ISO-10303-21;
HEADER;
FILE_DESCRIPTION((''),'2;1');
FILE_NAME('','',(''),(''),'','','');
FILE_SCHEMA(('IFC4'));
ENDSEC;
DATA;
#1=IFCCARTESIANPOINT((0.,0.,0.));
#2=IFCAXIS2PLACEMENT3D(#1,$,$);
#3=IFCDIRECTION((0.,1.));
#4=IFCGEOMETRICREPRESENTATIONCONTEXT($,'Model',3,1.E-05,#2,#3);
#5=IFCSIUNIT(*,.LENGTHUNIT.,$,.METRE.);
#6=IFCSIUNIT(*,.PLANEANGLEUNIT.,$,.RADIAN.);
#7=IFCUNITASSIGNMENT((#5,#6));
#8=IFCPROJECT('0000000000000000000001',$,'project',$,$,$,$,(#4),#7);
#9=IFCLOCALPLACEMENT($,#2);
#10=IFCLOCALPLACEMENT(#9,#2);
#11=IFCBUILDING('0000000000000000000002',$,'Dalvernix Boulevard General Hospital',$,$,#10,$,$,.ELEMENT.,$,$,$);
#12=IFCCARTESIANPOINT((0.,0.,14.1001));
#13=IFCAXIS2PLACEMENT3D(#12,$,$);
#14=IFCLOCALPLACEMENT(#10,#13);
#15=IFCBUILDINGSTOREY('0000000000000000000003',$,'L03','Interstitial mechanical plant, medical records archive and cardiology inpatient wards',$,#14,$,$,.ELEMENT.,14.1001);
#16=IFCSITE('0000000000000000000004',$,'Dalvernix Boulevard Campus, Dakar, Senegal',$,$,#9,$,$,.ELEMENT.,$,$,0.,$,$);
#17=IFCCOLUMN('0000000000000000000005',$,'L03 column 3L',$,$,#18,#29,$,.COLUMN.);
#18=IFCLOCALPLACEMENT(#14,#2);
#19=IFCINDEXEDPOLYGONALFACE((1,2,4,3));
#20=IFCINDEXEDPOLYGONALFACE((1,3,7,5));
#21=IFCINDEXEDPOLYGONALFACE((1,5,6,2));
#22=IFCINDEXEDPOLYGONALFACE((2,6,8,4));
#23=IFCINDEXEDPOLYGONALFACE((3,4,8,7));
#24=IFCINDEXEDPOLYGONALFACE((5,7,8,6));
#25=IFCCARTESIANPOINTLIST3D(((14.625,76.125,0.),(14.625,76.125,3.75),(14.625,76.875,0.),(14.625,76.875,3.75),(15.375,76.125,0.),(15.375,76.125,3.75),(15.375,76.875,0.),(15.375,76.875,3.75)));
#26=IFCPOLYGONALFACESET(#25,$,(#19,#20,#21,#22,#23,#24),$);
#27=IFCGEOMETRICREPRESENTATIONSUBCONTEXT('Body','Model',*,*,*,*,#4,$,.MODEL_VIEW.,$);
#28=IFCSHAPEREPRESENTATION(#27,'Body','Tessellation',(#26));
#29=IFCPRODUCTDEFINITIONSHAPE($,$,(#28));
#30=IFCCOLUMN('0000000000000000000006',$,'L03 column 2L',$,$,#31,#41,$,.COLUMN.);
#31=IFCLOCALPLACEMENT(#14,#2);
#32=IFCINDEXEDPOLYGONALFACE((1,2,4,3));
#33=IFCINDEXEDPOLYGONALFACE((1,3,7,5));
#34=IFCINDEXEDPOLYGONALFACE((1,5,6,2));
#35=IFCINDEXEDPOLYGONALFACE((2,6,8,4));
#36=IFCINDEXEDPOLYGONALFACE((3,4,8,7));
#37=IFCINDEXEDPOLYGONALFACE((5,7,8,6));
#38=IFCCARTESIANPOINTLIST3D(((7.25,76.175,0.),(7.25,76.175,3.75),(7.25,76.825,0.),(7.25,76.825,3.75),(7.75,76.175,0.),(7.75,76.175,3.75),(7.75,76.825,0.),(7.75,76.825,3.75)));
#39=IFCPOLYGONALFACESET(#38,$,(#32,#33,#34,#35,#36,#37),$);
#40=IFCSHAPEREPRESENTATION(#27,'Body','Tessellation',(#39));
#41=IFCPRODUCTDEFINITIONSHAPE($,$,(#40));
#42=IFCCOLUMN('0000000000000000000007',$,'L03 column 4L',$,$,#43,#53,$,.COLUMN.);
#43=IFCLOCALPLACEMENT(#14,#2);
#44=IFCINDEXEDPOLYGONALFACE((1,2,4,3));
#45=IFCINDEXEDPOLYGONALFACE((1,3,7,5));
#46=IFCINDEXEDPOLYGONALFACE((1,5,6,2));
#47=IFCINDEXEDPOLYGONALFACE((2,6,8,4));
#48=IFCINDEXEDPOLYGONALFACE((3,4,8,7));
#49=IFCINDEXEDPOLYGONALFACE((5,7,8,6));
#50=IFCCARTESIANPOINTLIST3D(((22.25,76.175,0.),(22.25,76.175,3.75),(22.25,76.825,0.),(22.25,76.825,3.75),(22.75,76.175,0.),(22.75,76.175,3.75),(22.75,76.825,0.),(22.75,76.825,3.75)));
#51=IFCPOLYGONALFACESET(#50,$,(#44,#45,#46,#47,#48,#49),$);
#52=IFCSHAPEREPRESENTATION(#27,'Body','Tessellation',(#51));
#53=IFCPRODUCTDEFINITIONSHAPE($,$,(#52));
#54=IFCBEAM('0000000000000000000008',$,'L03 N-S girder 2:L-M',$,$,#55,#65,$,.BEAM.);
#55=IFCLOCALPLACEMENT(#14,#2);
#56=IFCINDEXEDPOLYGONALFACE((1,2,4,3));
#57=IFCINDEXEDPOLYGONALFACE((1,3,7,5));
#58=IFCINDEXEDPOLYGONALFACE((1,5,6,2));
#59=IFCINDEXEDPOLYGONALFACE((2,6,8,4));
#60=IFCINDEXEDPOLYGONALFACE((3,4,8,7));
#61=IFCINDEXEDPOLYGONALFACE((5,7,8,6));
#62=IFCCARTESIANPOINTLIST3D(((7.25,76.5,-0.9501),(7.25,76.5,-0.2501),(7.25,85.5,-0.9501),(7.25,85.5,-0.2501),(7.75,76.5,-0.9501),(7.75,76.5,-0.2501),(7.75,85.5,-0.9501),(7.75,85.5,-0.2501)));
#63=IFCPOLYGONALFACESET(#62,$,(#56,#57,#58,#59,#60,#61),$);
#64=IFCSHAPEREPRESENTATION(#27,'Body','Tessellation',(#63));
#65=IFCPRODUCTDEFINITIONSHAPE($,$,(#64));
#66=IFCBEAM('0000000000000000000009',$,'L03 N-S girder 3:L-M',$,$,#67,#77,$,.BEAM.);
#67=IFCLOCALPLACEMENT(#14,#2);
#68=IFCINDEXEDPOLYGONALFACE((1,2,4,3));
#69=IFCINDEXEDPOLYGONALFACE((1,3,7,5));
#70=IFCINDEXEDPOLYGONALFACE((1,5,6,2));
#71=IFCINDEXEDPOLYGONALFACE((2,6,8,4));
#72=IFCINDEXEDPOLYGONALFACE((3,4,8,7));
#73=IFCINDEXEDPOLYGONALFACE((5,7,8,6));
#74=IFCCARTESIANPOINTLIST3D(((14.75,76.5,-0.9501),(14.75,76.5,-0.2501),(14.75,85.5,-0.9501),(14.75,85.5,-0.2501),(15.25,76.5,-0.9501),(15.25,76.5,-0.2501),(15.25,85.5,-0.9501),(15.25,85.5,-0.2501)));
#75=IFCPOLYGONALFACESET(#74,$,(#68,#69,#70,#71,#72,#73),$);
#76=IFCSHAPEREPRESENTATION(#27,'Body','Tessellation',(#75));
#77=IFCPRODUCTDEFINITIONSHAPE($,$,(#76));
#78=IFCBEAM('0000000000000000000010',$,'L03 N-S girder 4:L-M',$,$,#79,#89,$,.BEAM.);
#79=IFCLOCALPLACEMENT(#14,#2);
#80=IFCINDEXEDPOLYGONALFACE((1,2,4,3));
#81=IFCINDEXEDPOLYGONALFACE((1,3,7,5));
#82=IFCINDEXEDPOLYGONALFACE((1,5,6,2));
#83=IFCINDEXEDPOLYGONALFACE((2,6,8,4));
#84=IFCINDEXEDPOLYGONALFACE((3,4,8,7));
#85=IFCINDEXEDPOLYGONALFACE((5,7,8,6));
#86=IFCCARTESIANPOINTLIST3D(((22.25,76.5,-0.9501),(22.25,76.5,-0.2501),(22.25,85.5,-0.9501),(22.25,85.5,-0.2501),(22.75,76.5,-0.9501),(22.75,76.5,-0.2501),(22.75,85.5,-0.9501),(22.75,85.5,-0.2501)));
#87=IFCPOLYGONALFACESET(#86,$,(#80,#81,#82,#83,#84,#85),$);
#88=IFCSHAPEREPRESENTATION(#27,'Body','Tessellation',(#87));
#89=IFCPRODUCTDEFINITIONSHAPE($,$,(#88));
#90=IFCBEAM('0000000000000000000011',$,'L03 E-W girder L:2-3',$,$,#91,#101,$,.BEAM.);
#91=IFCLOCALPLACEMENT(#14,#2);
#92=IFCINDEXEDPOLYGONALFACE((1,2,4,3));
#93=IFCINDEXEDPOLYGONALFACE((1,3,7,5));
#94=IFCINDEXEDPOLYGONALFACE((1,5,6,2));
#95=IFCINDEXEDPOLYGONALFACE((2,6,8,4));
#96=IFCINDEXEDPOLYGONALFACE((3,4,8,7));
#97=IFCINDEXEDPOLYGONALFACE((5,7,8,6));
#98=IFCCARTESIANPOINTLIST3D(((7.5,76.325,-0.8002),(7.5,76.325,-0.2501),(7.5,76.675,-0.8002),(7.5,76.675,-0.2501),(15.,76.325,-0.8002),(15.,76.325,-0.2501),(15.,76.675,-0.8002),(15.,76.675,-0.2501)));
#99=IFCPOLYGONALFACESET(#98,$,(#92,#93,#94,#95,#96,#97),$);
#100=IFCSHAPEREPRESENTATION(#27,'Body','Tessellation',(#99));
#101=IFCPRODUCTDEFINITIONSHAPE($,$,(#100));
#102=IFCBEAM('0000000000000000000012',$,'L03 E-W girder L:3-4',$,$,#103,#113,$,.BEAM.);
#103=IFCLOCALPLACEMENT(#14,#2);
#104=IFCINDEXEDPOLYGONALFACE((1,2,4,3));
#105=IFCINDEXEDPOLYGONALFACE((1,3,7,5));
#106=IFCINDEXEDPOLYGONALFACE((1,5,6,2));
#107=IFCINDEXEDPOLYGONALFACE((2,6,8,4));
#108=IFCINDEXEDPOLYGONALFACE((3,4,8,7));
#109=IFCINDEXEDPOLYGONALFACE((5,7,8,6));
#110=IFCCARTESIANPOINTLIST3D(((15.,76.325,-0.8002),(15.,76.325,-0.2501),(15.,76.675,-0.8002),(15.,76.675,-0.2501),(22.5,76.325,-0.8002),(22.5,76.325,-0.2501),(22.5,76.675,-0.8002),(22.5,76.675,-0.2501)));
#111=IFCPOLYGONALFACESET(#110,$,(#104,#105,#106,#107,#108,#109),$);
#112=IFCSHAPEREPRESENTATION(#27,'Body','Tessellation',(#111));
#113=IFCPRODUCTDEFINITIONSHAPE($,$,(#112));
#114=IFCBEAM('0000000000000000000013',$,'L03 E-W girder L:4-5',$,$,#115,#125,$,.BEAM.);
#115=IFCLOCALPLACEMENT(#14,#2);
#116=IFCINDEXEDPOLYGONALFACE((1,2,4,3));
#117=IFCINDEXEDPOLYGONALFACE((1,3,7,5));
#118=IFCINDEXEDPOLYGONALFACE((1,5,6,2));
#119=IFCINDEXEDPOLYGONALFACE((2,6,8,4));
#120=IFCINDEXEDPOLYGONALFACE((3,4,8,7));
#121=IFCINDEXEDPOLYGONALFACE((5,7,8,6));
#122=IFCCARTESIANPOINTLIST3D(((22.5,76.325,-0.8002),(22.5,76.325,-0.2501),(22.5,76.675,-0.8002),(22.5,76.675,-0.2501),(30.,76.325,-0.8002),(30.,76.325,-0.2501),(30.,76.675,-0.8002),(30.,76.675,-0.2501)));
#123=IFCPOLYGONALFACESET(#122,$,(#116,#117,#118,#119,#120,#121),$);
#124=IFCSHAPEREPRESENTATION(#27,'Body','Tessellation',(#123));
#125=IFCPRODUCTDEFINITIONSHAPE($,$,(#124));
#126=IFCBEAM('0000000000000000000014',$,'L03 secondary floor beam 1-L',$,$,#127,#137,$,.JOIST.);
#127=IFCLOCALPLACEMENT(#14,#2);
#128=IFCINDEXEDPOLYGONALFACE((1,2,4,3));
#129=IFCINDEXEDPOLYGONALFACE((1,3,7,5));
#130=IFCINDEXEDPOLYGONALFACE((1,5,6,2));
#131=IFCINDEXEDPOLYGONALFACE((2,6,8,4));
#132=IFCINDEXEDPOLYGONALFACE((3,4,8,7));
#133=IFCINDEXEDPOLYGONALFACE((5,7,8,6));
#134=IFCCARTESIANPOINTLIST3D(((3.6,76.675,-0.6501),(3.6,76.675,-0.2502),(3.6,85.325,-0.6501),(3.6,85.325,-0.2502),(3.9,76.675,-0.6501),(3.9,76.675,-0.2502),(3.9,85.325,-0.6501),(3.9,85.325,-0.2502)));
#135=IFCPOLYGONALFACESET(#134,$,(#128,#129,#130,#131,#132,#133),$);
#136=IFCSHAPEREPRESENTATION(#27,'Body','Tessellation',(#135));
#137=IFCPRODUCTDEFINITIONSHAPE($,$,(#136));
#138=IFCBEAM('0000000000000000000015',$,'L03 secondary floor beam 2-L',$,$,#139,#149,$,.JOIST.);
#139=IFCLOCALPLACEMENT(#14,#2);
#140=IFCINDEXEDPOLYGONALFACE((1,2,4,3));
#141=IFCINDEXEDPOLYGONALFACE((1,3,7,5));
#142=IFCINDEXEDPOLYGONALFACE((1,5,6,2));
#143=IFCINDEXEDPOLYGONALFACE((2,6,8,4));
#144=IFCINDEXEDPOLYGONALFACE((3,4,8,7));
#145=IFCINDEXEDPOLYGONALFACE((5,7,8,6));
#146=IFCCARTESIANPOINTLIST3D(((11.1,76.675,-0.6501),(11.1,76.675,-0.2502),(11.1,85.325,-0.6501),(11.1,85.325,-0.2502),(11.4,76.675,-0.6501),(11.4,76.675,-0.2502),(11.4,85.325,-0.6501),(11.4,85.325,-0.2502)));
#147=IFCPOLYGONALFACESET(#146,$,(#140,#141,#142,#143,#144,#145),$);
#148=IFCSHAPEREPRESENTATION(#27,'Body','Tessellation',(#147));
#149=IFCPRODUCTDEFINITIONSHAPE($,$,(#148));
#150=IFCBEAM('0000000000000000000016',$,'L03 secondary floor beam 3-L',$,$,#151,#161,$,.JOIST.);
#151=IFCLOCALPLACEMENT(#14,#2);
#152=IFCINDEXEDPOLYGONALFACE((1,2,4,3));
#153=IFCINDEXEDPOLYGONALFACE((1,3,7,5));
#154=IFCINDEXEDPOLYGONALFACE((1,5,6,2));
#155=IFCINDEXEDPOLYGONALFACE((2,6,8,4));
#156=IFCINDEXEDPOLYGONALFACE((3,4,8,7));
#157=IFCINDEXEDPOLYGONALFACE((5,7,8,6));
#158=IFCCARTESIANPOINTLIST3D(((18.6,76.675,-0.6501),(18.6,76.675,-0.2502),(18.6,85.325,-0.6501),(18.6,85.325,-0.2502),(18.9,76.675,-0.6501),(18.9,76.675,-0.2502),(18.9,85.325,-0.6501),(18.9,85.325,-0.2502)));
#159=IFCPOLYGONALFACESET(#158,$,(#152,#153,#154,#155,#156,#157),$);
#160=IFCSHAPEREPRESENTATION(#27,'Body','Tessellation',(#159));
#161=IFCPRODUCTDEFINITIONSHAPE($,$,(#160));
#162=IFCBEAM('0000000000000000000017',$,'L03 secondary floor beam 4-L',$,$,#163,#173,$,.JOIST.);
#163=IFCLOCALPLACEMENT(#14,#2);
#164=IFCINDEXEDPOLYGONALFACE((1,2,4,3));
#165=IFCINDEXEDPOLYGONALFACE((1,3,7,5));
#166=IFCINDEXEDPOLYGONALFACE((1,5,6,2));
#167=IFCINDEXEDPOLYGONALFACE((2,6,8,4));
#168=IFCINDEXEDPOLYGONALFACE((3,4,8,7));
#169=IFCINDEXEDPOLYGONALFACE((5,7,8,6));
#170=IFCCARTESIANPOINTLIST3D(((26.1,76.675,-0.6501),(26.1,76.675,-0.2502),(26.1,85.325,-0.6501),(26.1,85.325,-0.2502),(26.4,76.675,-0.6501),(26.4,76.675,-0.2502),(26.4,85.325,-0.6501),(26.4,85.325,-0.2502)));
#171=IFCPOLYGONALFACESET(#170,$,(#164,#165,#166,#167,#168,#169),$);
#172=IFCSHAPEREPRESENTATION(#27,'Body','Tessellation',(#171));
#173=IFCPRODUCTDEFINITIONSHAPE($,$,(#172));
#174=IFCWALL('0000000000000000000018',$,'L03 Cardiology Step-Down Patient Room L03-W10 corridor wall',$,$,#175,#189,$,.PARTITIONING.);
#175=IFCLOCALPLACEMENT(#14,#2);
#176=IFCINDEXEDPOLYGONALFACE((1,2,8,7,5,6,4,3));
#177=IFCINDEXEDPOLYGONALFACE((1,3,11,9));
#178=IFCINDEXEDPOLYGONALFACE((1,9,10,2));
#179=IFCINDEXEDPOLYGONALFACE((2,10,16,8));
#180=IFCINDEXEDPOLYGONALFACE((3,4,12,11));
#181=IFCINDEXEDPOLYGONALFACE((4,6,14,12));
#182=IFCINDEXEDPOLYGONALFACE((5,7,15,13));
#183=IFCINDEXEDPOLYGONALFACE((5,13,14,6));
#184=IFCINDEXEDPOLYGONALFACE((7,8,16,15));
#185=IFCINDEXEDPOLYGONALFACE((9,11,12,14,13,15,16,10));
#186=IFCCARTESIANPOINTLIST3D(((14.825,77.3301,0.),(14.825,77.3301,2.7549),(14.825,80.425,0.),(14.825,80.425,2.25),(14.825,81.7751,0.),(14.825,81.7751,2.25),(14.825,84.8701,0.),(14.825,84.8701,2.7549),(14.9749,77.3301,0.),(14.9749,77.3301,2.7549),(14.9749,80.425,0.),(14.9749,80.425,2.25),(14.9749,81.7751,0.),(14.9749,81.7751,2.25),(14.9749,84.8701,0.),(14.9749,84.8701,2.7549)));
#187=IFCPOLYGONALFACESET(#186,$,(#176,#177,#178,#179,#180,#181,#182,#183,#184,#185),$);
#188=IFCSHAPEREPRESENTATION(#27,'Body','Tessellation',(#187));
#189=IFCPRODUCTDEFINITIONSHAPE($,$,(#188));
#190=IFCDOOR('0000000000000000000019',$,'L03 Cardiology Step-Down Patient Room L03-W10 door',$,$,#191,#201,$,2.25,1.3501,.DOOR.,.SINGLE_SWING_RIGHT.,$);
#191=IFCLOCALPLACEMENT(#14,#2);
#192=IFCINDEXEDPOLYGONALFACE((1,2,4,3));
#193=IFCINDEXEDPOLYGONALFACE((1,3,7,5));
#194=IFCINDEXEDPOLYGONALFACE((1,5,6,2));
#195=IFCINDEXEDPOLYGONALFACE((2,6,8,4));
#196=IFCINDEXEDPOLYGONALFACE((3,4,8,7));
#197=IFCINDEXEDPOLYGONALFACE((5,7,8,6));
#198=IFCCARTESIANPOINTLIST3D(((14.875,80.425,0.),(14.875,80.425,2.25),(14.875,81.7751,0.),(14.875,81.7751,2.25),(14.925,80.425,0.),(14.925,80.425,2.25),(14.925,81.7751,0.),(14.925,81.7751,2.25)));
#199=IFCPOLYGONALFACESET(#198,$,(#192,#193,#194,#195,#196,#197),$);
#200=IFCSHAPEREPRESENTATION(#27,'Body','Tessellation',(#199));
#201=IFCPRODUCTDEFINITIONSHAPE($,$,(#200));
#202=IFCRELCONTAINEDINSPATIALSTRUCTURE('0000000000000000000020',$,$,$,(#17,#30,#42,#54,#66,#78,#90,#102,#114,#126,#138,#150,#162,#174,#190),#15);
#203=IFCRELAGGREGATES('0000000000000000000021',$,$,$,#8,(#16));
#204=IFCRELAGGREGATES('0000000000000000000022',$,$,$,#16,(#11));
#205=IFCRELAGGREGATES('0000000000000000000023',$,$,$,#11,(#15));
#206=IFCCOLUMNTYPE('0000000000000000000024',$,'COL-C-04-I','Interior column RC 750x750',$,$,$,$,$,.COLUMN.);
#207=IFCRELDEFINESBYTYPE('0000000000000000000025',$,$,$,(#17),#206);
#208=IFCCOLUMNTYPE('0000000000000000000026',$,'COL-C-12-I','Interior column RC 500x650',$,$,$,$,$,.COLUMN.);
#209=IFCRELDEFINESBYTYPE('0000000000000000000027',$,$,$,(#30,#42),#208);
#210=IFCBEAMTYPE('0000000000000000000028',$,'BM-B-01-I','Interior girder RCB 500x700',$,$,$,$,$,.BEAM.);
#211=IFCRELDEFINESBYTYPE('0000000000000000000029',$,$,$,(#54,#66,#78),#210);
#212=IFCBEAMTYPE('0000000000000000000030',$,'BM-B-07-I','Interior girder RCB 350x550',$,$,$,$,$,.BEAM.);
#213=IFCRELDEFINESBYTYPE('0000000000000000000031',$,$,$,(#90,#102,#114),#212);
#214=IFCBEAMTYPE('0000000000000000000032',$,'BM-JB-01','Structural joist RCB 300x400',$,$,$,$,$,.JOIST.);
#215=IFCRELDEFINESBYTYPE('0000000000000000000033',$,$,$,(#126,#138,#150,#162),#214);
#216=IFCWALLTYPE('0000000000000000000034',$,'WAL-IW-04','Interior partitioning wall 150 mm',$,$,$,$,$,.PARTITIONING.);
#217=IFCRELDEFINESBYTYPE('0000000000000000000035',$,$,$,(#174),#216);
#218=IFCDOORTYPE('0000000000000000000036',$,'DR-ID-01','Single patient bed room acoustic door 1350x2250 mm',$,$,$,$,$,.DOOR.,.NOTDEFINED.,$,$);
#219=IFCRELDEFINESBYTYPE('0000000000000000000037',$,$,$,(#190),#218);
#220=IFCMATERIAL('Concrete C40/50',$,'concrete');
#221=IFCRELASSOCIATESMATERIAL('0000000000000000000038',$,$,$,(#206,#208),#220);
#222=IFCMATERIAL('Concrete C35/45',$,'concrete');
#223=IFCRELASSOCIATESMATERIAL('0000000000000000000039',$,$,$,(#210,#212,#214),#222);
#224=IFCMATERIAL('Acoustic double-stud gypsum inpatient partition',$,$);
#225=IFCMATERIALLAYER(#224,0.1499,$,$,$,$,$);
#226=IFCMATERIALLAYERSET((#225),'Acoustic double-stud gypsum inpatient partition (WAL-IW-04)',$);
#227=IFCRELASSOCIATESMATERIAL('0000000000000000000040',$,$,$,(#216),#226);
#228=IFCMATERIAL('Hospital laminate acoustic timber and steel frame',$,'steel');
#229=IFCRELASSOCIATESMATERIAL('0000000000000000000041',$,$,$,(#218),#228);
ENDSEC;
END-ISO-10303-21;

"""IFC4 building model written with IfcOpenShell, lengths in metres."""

from ifc_helpers import new_model, si_unit, direction, frame, frame_2d, origin, origin_2d, place, context, subcontext, project, spatial, rectangle, extrude, material, layer, layer_set, material_profile, profile_set, type_object, element, fill, save


model = new_model("IFC4")

# Units and contexts
model_context = context("Model", 3, precision=1e-05, world=origin(), true_north=direction((0.0, 1.0)))
body_context = subcontext(model_context, "Body", "Model", "MODEL_VIEW")
ifc_project = project(units=[si_unit("LENGTHUNIT", "METRE"), si_unit("PLANEANGLEUNIT", "RADIAN")], contexts=[model_context])

# Site, building, storey
site_placement = place(None, origin())
site = spatial("IfcSite", under=ifc_project, at=site_placement, Name="Dalvernix Boulevard Campus, Dakar, Senegal", CompositionType="ELEMENT", RefElevation=0.0)
building_placement = place(site_placement, origin())
building = spatial("IfcBuilding", under=site, at=building_placement, Name="Dalvernix Boulevard General Hospital", CompositionType="ELEMENT")
storey_placement = place(building_placement, frame((0.0, 0.0, 14.1001)))
storey = spatial("IfcBuildingStorey", under=building, at=storey_placement, Name="L03", Description="Interstitial mechanical plant, medical records archive and cardiology inpatient wards", CompositionType="ELEMENT", Elevation=14.1001)

# Columns
ifc_material_1 = material(Name="Concrete C40/50", Category="concrete")
ifc_material_profile_1 = material_profile(ifc_material_1, rectangle(XDim=0.75, YDim=0.75, at=origin_2d()), Name="RC 750x750")
ifc_profile_set_1 = profile_set([ifc_material_profile_1], Name="Concrete C40/50")
column_type_1 = type_object("IfcColumnType", Name="COL-C-04-I", Description="Interior column RC 750x750", PredefinedType="COLUMN", material=ifc_profile_set_1)
column_placement = place(storey_placement, frame((15.0, 76.5, 0.0), z_axis=(0.0, 0.0, 1.0), x_axis=(1.0, 0.0, 0.0)))
element("IfcColumn", 1, at=column_placement, inside=storey, type_object=column_type_1, Name="L03 column 3L", PredefinedType="COLUMN", context=body_context, shape_type="SweptSolid", body=[
    extrude(rectangle(XDim=0.75, YDim=0.75, at=origin_2d()), origin(), (0.0, 0.0, 1.0), 3.75),
])
ifc_material_profile_2 = material_profile(ifc_material_1, rectangle(XDim=0.5, YDim=0.6499, at=origin_2d()), Name="RC 500x650")
ifc_profile_set_2 = profile_set([ifc_material_profile_2], Name="Concrete C40/50")
column_type_2 = type_object("IfcColumnType", Name="COL-C-12-I", Description="Interior column RC 500x650", PredefinedType="COLUMN", material=ifc_profile_set_2)
for number, where, z_axis, x_axis, name in (
    (2, (7.5, 76.5, 0.0), (0.0, 0.0, 1.0), (1.0, 0.0, 0.0), "L03 column 2L"),
    (3, (22.5, 76.5, 0.0), (0.0, 0.0, 1.0), (1.0, 0.0, 0.0), "L03 column 4L"),
):
    element("IfcColumn", number, at=place(storey_placement, frame(where, z_axis=z_axis, x_axis=x_axis)), inside=storey, type_object=column_type_2, Name=name, PredefinedType="COLUMN", context=body_context, shape_type="SweptSolid", body=[
        extrude(rectangle(XDim=0.5, YDim=0.6499, at=origin_2d()), origin(), (0.0, 0.0, 1.0), 3.75),
    ])

# Beams
ifc_material_2 = material(Name="Concrete C35/45", Category="concrete")
ifc_material_profile_3 = material_profile(ifc_material_2, rectangle(XDim=0.5, YDim=0.7, at=origin_2d()), Name="RCB 500x700")
ifc_profile_set_3 = profile_set([ifc_material_profile_3], Name="Concrete C35/45")
beam_type_1 = type_object("IfcBeamType", Name="BM-B-01-I", Description="Interior girder RCB 500x700", PredefinedType="BEAM", material=ifc_profile_set_3)
for number, where, z_axis, x_axis, name in (
    (4, (7.5, 76.5, -0.6001), (0.0, 1.0, 0.0), (-1.0, 0.0, 0.0), "L03 N-S girder 2:L-M"),
    (5, (15.0, 76.5, -0.6001), (0.0, 1.0, 0.0), (-1.0, 0.0, 0.0), "L03 N-S girder 3:L-M"),
    (6, (22.5, 76.5, -0.6001), (0.0, 1.0, 0.0), (-1.0, 0.0, 0.0), "L03 N-S girder 4:L-M"),
):
    element("IfcBeam", number, at=place(storey_placement, frame(where, z_axis=z_axis, x_axis=x_axis)), inside=storey, type_object=beam_type_1, Name=name, PredefinedType="BEAM", context=body_context, shape_type="SweptSolid", body=[
        extrude(rectangle(XDim=0.5, YDim=0.7, at=origin_2d()), origin(), (0.0, 0.0, 1.0), 9.0),
    ])
ifc_material_profile_4 = material_profile(ifc_material_2, rectangle(XDim=0.3501, YDim=0.55, at=origin_2d()), Name="RCB 350x550")
ifc_profile_set_4 = profile_set([ifc_material_profile_4], Name="Concrete C35/45")
beam_type_2 = type_object("IfcBeamType", Name="BM-B-07-I", Description="Interior girder RCB 350x550", PredefinedType="BEAM", material=ifc_profile_set_4)
for number, where, z_axis, x_axis, name in (
    (7, (7.5, 76.5, -0.5251), (1.0, 0.0, 0.0), (0.0, 1.0, 0.0), "L03 E-W girder L:2-3"),
    (8, (15.0, 76.5, -0.5251), (1.0, 0.0, 0.0), (0.0, 1.0, 0.0), "L03 E-W girder L:3-4"),
    (9, (22.5, 76.5, -0.5251), (1.0, 0.0, 0.0), (0.0, 1.0, 0.0), "L03 E-W girder L:4-5"),
):
    element("IfcBeam", number, at=place(storey_placement, frame(where, z_axis=z_axis, x_axis=x_axis)), inside=storey, type_object=beam_type_2, Name=name, PredefinedType="BEAM", context=body_context, shape_type="SweptSolid", body=[
        extrude(rectangle(XDim=0.3501, YDim=0.55, at=origin_2d()), origin(), (0.0, 0.0, 1.0), 7.5),
    ])
ifc_material_profile_5 = material_profile(ifc_material_2, rectangle(XDim=0.3, YDim=0.3999, at=origin_2d()), Name="RCB 300x400")
ifc_profile_set_5 = profile_set([ifc_material_profile_5], Name="Concrete C35/45")
beam_type_3 = type_object("IfcBeamType", Name="BM-JB-01", Description="Structural joist RCB 300x400", PredefinedType="JOIST", material=ifc_profile_set_5)
for number, where, z_axis, x_axis, name in (
    (10, (3.75, 76.675, -0.4502), (0.0, 1.0, 0.0), (-1.0, 0.0, 0.0), "L03 secondary floor beam 1-L"),
    (11, (11.25, 76.675, -0.4502), (0.0, 1.0, 0.0), (-1.0, 0.0, 0.0), "L03 secondary floor beam 2-L"),
    (12, (18.75, 76.675, -0.4502), (0.0, 1.0, 0.0), (-1.0, 0.0, 0.0), "L03 secondary floor beam 3-L"),
    (13, (26.25, 76.675, -0.4502), (0.0, 1.0, 0.0), (-1.0, 0.0, 0.0), "L03 secondary floor beam 4-L"),
):
    element("IfcBeam", number, at=place(storey_placement, frame(where, z_axis=z_axis, x_axis=x_axis)), inside=storey, type_object=beam_type_3, Name=name, PredefinedType="JOIST", context=body_context, shape_type="SweptSolid", body=[
        extrude(rectangle(XDim=0.3, YDim=0.3999, at=origin_2d()), origin(), (0.0, 0.0, 1.0), 8.6499),
    ])

# Wall, opening, door
ifc_material_3 = material(Name="Acoustic double-stud gypsum inpatient partition")
ifc_layer_1 = layer(ifc_material_3, 0.1499)
ifc_layer_set_1 = layer_set([ifc_layer_1], Name="Acoustic double-stud gypsum inpatient partition (WAL-IW-04)")
wall_type_1 = type_object("IfcWallType", Name="WAL-IW-04", Description="Interior partitioning wall 150 mm", PredefinedType="PARTITIONING", material=ifc_layer_set_1)
wall_1_placement = place(storey_placement, frame((14.8999, 77.3301, 0.0), z_axis=(0.0, 0.0, 1.0), x_axis=(0.0, 1.0, 0.0)))
wall_1 = element("IfcWall", 14, at=wall_1_placement, inside=storey, type_object=wall_type_1, Name="L03 Cardiology Step-Down Patient Room L03-W10 corridor wall", PredefinedType="PARTITIONING", context=body_context, shape_type="SweptSolid", body=[
    extrude(rectangle(XDim=7.54, YDim=0.1499, at=frame_2d((3.77, 0.0))), origin(), (0.0, 0.0, 1.0), 2.7549),
])
opening_1_placement = place(wall_1_placement, frame((3.095, 0.0, 0.0)))
opening_1 = element("IfcOpeningElement", 15, at=opening_1_placement, cuts=wall_1, PredefinedType="OPENING", context=body_context, shape_type="SweptSolid", body=[
    extrude(rectangle(XDim=1.3501, YDim=2.25, at=frame_2d((0.675, 1.125))), frame((0.0, 0.085, 0.0), z_axis=(0.0, -1.0, 0.0), x_axis=(1.0, 0.0, 0.0)), (0.0, 0.0, 1.0), 0.1699),
])
ifc_material_4 = material(Name="Hospital laminate acoustic timber and steel frame", Category="steel")
door_type_1 = type_object("IfcDoorType", Name="DR-ID-01", Description="Single patient bed room acoustic door 1350x2250 mm", OperationType="NOTDEFINED", PredefinedType="DOOR", material=ifc_material_4)
door_1_placement = place(opening_1_placement, origin())
door_1 = element("IfcDoor", 16, at=door_1_placement, inside=storey, type_object=door_type_1, Name="L03 Cardiology Step-Down Patient Room L03-W10 door", OperationType="SINGLE_SWING_RIGHT", OverallHeight=2.25, OverallWidth=1.3501, PredefinedType="DOOR", context=body_context, shape_type="SweptSolid", body=[
    extrude(rectangle(XDim=1.3501, YDim=2.25, at=frame_2d((0.675, 1.125))), frame((0.0, 0.0249, 0.0), z_axis=(0.0, -1.0, 0.0), x_axis=(1.0, 0.0, 0.0)), (0.0, 0.0, 1.0), 0.05),
])
fill(opening_1, door_1)

save(model, "model.ifc")
